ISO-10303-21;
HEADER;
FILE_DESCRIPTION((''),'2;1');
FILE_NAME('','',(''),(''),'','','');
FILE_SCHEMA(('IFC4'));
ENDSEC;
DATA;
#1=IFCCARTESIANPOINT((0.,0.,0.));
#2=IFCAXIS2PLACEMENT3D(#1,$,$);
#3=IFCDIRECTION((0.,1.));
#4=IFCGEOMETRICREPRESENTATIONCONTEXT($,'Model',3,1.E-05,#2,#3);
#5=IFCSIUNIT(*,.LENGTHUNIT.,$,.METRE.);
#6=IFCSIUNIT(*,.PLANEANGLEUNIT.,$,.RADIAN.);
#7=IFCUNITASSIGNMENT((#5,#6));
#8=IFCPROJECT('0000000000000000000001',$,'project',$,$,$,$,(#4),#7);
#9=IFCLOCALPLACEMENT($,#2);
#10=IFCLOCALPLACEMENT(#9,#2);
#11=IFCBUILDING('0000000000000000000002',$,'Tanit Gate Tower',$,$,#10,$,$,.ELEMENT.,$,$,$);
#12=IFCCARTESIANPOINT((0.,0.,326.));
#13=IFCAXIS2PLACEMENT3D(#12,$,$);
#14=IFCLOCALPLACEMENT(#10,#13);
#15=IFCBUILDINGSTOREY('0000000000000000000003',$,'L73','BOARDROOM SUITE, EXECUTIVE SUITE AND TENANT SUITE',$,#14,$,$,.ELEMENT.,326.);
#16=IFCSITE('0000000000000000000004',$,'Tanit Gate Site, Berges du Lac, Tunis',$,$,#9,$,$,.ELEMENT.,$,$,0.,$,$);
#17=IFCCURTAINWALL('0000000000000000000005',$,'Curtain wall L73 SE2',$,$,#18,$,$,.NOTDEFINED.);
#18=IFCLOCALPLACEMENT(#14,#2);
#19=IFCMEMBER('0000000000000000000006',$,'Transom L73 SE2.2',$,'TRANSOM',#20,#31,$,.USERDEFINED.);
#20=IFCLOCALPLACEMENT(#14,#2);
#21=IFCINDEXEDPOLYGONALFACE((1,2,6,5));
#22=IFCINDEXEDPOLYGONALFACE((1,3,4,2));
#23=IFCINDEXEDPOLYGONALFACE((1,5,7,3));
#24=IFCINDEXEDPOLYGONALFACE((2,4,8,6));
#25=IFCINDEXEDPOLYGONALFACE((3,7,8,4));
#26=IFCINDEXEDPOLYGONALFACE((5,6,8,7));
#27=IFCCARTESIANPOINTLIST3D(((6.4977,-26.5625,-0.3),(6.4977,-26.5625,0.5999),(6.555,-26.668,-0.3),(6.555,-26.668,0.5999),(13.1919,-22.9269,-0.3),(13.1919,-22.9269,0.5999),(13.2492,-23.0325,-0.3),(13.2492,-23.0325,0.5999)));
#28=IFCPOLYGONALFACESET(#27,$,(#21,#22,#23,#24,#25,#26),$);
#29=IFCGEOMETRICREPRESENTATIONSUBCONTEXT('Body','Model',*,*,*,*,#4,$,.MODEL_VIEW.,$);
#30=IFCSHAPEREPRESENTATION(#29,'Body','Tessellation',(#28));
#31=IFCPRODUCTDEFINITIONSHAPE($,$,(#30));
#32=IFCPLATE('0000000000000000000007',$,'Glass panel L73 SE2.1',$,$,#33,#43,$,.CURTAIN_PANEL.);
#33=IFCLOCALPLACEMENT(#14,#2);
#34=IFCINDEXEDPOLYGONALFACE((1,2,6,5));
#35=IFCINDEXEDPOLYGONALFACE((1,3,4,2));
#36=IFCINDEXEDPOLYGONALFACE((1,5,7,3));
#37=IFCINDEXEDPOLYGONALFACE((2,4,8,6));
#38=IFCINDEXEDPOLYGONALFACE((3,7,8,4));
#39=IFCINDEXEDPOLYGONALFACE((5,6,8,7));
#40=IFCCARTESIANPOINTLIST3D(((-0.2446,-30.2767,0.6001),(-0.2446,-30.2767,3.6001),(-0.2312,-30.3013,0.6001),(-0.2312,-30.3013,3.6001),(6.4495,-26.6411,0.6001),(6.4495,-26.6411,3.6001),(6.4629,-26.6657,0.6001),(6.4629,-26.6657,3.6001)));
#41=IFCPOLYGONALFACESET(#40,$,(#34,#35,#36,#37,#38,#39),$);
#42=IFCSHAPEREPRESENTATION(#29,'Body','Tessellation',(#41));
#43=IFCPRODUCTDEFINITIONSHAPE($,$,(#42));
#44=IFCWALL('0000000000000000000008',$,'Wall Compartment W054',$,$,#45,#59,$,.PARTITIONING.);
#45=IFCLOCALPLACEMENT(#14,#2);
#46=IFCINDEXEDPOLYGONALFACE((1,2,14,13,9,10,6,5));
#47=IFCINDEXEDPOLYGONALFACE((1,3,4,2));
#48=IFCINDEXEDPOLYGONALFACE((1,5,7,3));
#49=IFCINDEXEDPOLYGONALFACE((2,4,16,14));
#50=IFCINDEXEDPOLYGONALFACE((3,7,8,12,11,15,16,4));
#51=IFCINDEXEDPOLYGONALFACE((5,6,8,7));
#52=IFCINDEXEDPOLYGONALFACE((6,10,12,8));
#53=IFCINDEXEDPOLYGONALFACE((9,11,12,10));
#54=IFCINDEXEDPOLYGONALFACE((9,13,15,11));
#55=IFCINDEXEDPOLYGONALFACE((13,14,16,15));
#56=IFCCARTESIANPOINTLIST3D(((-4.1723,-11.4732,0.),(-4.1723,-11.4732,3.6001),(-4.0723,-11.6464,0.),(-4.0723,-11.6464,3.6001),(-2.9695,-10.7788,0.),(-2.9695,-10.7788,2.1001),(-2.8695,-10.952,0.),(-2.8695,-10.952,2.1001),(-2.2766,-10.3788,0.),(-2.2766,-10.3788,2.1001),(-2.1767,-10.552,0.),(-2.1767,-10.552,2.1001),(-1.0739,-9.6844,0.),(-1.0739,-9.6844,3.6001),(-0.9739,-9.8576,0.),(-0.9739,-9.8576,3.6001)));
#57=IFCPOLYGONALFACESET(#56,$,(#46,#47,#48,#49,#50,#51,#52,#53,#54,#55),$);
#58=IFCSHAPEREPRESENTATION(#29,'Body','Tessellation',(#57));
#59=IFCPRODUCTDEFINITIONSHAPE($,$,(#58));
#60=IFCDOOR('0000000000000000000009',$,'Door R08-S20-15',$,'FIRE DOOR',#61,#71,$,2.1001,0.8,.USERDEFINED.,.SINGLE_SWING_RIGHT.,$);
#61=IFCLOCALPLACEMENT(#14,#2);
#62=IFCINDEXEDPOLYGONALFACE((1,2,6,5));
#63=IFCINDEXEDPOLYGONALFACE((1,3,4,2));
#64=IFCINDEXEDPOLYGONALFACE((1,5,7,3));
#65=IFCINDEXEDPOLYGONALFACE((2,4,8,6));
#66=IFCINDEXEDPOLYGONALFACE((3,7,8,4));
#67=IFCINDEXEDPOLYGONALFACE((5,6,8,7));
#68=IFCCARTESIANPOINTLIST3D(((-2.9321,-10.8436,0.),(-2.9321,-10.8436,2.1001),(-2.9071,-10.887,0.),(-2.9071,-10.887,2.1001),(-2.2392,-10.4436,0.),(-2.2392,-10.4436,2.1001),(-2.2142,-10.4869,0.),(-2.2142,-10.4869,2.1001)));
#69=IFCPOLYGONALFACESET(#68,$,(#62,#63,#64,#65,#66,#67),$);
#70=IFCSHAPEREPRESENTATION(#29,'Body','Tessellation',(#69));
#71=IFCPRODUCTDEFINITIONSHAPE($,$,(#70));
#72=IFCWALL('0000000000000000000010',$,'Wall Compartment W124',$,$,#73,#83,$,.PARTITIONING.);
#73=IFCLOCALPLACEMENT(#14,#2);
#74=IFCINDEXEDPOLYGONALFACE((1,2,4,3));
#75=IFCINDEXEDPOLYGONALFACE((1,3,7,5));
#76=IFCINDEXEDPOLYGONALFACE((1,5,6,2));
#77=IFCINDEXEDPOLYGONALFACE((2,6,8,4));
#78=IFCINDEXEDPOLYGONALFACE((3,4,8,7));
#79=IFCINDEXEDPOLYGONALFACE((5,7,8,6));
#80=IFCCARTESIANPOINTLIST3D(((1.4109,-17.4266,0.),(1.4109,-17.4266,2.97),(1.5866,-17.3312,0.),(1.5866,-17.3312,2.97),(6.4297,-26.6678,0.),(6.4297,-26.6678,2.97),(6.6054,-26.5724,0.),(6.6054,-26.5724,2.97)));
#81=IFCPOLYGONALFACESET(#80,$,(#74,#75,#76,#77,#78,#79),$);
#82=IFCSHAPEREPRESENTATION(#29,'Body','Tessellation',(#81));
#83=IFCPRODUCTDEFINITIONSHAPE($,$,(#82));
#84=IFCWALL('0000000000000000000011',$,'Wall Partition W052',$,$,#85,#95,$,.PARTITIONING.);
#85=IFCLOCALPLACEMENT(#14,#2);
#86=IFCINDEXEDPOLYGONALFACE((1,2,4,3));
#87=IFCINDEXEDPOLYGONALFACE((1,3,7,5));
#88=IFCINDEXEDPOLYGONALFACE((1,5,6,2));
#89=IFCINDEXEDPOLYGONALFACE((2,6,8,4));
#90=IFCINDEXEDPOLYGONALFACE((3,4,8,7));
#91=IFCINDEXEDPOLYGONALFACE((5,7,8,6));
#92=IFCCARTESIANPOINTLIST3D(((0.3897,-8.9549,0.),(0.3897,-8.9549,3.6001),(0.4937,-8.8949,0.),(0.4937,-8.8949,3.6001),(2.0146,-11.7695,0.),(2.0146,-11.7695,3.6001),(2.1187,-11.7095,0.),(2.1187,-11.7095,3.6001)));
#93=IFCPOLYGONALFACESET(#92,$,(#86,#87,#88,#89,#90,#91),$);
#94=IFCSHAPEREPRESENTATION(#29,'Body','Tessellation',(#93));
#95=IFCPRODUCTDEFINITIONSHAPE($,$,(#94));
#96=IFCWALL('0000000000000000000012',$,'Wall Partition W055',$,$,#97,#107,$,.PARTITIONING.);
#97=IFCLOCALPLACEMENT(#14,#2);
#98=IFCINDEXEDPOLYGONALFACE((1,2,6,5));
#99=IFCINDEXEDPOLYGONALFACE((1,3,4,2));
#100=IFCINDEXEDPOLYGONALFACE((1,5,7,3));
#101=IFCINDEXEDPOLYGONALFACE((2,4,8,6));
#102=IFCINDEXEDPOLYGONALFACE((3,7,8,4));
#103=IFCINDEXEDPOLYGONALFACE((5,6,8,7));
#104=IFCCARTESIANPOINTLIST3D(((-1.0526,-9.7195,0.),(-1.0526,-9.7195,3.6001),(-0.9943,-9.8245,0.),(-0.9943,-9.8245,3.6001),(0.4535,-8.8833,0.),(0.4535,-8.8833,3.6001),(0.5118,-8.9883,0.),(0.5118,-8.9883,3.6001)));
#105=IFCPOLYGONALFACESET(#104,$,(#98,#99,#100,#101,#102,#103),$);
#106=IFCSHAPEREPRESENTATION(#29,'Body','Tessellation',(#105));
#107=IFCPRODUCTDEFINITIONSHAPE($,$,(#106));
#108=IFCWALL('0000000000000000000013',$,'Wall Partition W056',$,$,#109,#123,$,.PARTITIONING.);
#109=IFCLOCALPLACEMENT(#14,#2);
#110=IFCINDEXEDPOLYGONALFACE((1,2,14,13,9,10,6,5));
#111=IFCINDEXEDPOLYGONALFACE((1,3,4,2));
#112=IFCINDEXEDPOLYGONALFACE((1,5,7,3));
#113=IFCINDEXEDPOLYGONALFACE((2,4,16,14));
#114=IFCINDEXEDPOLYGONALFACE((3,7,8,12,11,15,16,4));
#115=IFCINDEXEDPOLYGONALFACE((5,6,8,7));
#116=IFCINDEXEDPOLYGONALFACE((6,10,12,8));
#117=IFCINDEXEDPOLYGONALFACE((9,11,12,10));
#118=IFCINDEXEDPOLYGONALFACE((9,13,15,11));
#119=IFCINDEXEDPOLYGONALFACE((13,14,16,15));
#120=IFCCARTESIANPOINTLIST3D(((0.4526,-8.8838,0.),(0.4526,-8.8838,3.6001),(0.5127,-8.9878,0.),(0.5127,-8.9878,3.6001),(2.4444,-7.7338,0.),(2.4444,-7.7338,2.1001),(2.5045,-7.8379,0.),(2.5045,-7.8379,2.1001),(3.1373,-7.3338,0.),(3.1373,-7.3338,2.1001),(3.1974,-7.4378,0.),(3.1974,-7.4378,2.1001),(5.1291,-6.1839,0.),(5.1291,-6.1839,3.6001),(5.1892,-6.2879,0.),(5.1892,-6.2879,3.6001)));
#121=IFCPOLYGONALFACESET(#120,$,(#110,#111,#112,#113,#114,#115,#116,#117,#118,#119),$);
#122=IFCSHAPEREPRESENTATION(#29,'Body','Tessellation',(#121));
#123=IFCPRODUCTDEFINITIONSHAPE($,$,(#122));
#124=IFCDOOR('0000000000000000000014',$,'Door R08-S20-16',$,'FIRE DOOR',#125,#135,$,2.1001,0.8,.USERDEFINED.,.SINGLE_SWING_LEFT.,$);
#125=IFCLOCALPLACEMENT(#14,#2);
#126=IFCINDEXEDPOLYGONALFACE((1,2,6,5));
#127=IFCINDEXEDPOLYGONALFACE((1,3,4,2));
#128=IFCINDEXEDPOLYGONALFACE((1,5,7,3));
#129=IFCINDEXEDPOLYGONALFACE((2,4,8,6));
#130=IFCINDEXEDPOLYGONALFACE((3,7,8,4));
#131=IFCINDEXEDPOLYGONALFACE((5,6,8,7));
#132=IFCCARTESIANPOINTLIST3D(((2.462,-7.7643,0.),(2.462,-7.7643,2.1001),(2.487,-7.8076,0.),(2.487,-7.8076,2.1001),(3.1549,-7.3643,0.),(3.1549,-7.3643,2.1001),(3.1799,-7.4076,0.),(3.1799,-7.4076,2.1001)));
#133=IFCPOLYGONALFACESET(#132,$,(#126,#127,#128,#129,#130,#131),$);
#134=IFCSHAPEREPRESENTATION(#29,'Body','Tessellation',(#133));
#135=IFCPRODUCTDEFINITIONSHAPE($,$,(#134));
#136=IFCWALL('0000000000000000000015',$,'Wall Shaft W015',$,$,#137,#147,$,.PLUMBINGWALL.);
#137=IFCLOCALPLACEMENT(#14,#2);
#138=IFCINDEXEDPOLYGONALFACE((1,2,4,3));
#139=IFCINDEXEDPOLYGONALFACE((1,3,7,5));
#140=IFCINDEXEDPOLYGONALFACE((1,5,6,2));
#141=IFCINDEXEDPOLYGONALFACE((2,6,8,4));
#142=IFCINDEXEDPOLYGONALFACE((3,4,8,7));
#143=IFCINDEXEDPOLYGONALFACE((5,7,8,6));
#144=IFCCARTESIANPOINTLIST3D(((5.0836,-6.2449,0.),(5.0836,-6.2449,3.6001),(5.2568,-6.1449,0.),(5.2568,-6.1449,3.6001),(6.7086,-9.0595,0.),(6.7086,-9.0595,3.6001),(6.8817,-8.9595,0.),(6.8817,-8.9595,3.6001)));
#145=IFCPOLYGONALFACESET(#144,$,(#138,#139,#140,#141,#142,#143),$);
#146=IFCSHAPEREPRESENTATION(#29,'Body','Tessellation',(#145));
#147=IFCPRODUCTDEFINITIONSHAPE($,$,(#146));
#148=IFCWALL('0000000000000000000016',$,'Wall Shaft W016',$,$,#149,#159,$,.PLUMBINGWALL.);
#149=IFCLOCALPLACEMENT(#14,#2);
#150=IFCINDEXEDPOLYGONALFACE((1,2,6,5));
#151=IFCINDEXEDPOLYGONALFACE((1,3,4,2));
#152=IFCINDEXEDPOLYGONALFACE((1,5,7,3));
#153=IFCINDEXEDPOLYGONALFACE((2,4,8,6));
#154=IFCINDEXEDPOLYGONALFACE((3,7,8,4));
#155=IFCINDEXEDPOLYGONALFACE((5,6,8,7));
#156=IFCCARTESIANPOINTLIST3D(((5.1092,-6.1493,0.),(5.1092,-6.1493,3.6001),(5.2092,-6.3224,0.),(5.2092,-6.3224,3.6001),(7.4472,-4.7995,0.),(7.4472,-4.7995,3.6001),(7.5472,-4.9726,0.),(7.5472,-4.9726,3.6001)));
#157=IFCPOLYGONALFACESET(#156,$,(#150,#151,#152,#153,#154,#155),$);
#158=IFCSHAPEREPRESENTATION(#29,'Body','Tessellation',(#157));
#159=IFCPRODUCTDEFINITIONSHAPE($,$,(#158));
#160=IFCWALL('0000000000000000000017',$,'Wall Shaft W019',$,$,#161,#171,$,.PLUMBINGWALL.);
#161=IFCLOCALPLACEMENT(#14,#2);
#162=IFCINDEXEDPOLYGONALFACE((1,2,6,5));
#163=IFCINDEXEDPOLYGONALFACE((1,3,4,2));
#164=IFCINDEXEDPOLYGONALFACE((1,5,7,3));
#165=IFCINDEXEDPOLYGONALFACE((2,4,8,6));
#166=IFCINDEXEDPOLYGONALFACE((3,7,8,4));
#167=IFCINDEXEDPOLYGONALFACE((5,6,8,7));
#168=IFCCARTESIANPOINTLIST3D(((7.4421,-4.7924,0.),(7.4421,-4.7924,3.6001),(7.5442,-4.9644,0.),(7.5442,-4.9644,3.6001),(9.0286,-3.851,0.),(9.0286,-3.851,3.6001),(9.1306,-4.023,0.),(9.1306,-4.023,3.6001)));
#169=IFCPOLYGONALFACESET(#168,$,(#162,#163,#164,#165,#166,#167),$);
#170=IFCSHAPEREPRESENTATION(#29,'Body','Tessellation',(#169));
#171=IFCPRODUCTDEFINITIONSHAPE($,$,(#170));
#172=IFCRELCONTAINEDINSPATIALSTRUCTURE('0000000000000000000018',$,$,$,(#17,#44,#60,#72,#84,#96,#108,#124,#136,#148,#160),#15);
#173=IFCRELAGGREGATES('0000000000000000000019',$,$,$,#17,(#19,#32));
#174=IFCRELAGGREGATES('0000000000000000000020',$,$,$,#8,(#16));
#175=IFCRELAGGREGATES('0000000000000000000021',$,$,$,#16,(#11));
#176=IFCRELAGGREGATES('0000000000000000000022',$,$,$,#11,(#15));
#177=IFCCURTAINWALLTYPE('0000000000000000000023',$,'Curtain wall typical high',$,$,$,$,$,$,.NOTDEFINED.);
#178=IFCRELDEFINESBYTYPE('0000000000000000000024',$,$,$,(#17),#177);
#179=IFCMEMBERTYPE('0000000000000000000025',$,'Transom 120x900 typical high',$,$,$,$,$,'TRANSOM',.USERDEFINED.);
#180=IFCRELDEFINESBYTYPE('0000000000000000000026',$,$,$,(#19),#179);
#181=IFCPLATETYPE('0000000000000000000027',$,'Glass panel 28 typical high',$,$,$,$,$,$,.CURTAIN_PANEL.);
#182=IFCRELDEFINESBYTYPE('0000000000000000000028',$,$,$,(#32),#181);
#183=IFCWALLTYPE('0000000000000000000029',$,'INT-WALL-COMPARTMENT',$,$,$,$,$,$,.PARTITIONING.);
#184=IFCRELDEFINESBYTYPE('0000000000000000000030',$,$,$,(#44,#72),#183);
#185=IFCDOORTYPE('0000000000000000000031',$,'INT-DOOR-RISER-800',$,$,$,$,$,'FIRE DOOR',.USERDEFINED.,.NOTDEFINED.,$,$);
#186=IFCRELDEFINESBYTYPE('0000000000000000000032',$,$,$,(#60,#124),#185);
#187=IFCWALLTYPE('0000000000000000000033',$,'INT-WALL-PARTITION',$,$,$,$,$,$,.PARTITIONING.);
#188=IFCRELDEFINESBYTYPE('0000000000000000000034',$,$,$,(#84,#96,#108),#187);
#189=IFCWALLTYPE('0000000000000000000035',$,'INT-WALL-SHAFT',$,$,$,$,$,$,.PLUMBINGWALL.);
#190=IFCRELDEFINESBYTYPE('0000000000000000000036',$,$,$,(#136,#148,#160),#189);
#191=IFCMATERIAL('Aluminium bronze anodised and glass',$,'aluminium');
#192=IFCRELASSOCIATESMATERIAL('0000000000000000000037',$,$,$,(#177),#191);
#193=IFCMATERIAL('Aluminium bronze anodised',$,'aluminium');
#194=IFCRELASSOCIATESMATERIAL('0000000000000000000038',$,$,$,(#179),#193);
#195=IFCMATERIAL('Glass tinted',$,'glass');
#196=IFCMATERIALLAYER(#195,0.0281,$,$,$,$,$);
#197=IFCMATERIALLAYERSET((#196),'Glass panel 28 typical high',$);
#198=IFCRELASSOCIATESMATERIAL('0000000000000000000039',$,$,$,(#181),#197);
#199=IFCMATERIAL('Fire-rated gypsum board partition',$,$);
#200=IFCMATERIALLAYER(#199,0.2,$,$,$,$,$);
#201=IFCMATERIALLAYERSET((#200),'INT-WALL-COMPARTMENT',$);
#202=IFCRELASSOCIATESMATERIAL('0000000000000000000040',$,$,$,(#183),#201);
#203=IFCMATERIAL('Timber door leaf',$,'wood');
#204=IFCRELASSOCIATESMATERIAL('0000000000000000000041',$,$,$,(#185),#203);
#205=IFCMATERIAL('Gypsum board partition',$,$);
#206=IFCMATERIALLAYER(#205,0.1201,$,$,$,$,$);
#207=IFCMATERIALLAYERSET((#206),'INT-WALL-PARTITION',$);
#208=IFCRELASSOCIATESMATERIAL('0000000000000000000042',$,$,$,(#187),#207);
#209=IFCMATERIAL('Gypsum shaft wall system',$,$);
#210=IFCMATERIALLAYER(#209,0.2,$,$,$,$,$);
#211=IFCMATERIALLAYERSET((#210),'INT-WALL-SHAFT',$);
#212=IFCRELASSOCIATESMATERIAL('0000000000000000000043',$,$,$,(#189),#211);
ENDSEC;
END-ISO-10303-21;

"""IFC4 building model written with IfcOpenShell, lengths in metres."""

from ifc_helpers import new_model, si_unit, direction, frame, frame_2d, origin, origin_2d, place, context, subcontext, project, spatial, rectangle, extrude, material, layer, layer_set, material_profile, profile_set, type_object, element, fill, aggregate, save


model = new_model("IFC4")

# Units and contexts
model_context = context("Model", 3, precision=1e-05, world=origin(), true_north=direction((0.0, 1.0)))
body_context = subcontext(model_context, "Body", "Model", "MODEL_VIEW")
ifc_project = project(units=[si_unit("LENGTHUNIT", "METRE"), si_unit("PLANEANGLEUNIT", "RADIAN")], contexts=[model_context])

# Site, building, storey
site_placement = place(None, origin())
site = spatial("IfcSite", under=ifc_project, at=site_placement, Name="Tanit Gate Site, Berges du Lac, Tunis", CompositionType="ELEMENT", RefElevation=0.0)
building_placement = place(site_placement, origin())
building = spatial("IfcBuilding", under=site, at=building_placement, Name="Tanit Gate Tower", CompositionType="ELEMENT")
storey_placement = place(building_placement, frame((0.0, 0.0, 326.0)))
storey = spatial("IfcBuildingStorey", under=building, at=storey_placement, Name="L73", Description="BOARDROOM SUITE, EXECUTIVE SUITE AND TENANT SUITE", CompositionType="ELEMENT", Elevation=326.0)

# Curtain wall
ifc_material_1 = material(Name="Aluminium bronze anodised and glass", Category="aluminium")
curtain_wall_type = type_object("IfcCurtainWallType", Name="Curtain wall typical high", PredefinedType="NOTDEFINED", material=ifc_material_1)
curtain_wall_1_placement = place(storey_placement, origin())
curtain_wall_1 = element("IfcCurtainWall", 1, at=curtain_wall_1_placement, inside=storey, type_object=curtain_wall_type, Name="Curtain wall L73 SE2", PredefinedType="NOTDEFINED")

# Member
ifc_material_2 = material(Name="Aluminium bronze anodised", Category="aluminium")
ifc_material_profile_1 = material_profile(ifc_material_2, rectangle(XDim=0.1201, YDim=0.8999, at=origin_2d()), Name="120x900 bronze transom")
ifc_profile_set_1 = profile_set([ifc_material_profile_1], Name="Aluminium bronze anodised")
member_type_1 = type_object("IfcMemberType", Name="Transom 120x900 typical high", ElementType="TRANSOM", PredefinedType="USERDEFINED", material=ifc_profile_set_1)
member_1_placement = place(storey_placement, frame((6.5264, -26.6152, 0.1499), z_axis=(0.878767, 0.47725, 0.0), x_axis=(-0.47725, 0.878767, 0.0)))
member_1 = element("IfcMember", 2, at=member_1_placement, type_object=member_type_1, Name="Transom L73 SE2.2", ObjectType="TRANSOM", PredefinedType="USERDEFINED", context=body_context, shape_type="SweptSolid", body=[
    extrude(rectangle(XDim=0.1201, YDim=0.8999, at=origin_2d()), origin(), (0.0, 0.0, 1.0), 7.6177),
])

# Plate
ifc_material_3 = material(Name="Glass tinted", Category="glass")
ifc_layer_1 = layer(ifc_material_3, 0.0281)
ifc_layer_set_1 = layer_set([ifc_layer_1], Name="Glass panel 28 typical high")
plate_type = type_object("IfcPlateType", Name="Glass panel 28 typical high", PredefinedType="CURTAIN_PANEL", material=ifc_layer_set_1)
plate_placement = place(storey_placement, frame((3.1091, -28.4712, 0.6001), z_axis=(0.0, 0.0, 1.0), x_axis=(0.878762, 0.477259, 0.0)))
plate = element("IfcPlate", 3, at=plate_placement, type_object=plate_type, Name="Glass panel L73 SE2.1", PredefinedType="CURTAIN_PANEL", context=body_context, shape_type="SweptSolid", body=[
    extrude(rectangle(XDim=7.6177, YDim=0.0281, at=origin_2d()), origin(), (0.0, 0.0, 1.0), 3.0),
])
aggregate(curtain_wall_1, [member_1, plate])

# Wall, opening, door
ifc_material_4 = material(Name="Fire-rated gypsum board partition")
ifc_layer_2 = layer(ifc_material_4, 0.2)
ifc_layer_set_2 = layer_set([ifc_layer_2], Name="INT-WALL-COMPARTMENT")
wall_type_1 = type_object("IfcWallType", Name="INT-WALL-COMPARTMENT", PredefinedType="PARTITIONING", material=ifc_layer_set_2)
wall_1_placement = place(storey_placement, frame((-1.0239, -9.771, 0.0), z_axis=(0.0, 0.0, 1.0), x_axis=(-0.86603, -0.499992, 0.0)))
wall_1 = element("IfcWall", 4, at=wall_1_placement, inside=storey, type_object=wall_type_1, Name="Wall Compartment W054", PredefinedType="PARTITIONING", context=body_context, shape_type="SweptSolid", body=[
    extrude(rectangle(XDim=3.5776, YDim=0.2, at=frame_2d((1.7888, 0.0))), origin(), (0.0, 0.0, 1.0), 3.6001),
])
opening_1_placement = place(wall_1_placement, frame((1.3889, 0.0, 0.0)))
opening_1 = element("IfcOpeningElement", 5, at=opening_1_placement, cuts=wall_1, PredefinedType="OPENING", context=body_context, shape_type="SweptSolid", body=[
    extrude(rectangle(XDim=0.8, YDim=2.1001, at=frame_2d((0.3999, 1.05))), frame((0.0, 0.1099, 0.0), z_axis=(0.0, -1.0, 0.0), x_axis=(1.0, 0.0, 0.0)), (0.0, 0.0, 1.0), 0.22),
])
ifc_material_5 = material(Name="Timber door leaf", Category="wood")
door_type = type_object("IfcDoorType", Name="INT-DOOR-RISER-800", ElementType="FIRE DOOR", OperationType="NOTDEFINED", PredefinedType="USERDEFINED", material=ifc_material_5)
door_1_placement = place(opening_1_placement, origin())
door_1 = element("IfcDoor", 6, at=door_1_placement, inside=storey, type_object=door_type, Name="Door R08-S20-15", ObjectType="FIRE DOOR", OperationType="SINGLE_SWING_RIGHT", OverallHeight=2.1001, OverallWidth=0.8, PredefinedType="USERDEFINED", context=body_context, shape_type="SweptSolid", body=[
    extrude(rectangle(XDim=0.8, YDim=2.1001, at=frame_2d((0.3999, 1.05))), frame((0.0, 0.0249, 0.0), z_axis=(0.0, -1.0, 0.0), x_axis=(1.0, 0.0, 0.0)), (0.0, 0.0, 1.0), 0.05),
])
fill(opening_1, door_1)

# Walls
wall_2_placement = place(storey_placement, frame((1.4988, -17.3789, 0.0), z_axis=(0.0, 0.0, 1.0), x_axis=(0.477249, -0.878768, 0.0)))
element("IfcWall", 7, at=wall_2_placement, inside=storey, type_object=wall_type_1, Name="Wall Compartment W124", PredefinedType="PARTITIONING", context=body_context, shape_type="SweptSolid", body=[
    extrude(rectangle(XDim=10.5161, YDim=0.2, at=frame_2d((5.2581, 0.0))), origin(), (0.0, 0.0, 1.0), 2.97),
])
ifc_material_6 = material(Name="Gypsum board partition")
ifc_layer_3 = layer(ifc_material_6, 0.1201)
ifc_layer_set_3 = layer_set([ifc_layer_3], Name="INT-WALL-PARTITION")
wall_type_2 = type_object("IfcWallType", Name="INT-WALL-PARTITION", PredefinedType="PARTITIONING", material=ifc_layer_set_3)
wall_3_placement = place(storey_placement, frame((2.0667, -11.7395, 0.0), z_axis=(0.0, 0.0, 1.0), x_axis=(-0.499985, 0.866034, 0.0)))
element("IfcWall", 8, at=wall_3_placement, inside=storey, type_object=wall_type_2, Name="Wall Partition W052", PredefinedType="PARTITIONING", context=body_context, shape_type="SweptSolid", body=[
    extrude(rectangle(XDim=3.25, YDim=0.1201, at=frame_2d((1.625, 0.0))), origin(), (0.0, 0.0, 1.0), 3.6001),
])
wall_4_placement = place(storey_placement, frame((-1.0234, -9.772, 0.0), z_axis=(0.0, 0.0, 1.0), x_axis=(0.874291, 0.485402, 0.0)))
element("IfcWall", 9, at=wall_4_placement, inside=storey, type_object=wall_type_2, Name="Wall Partition W055", PredefinedType="PARTITIONING", context=body_context, shape_type="SweptSolid", body=[
    extrude(rectangle(XDim=1.7227, YDim=0.1201, at=frame_2d((0.8613, 0.0))), origin(), (0.0, 0.0, 1.0), 3.6001),
])

# Wall, opening, door
wall_5_placement = place(storey_placement, frame((0.4827, -8.9358, 0.0), z_axis=(0.0, 0.0, 1.0), x_axis=(0.866028, 0.499995, 0.0)))
wall_5 = element("IfcWall", 10, at=wall_5_placement, inside=storey, type_object=wall_type_2, Name="Wall Partition W056", PredefinedType="PARTITIONING", context=body_context, shape_type="SweptSolid", body=[
    extrude(rectangle(XDim=5.3999, YDim=0.1201, at=frame_2d((2.7, 0.0))), origin(), (0.0, 0.0, 1.0), 3.6001),
])
opening_2_placement = place(wall_5_placement, frame((2.3, 0.0, 0.0)))
opening_2 = element("IfcOpeningElement", 11, at=opening_2_placement, cuts=wall_5, PredefinedType="OPENING", context=body_context, shape_type="SweptSolid", body=[
    extrude(rectangle(XDim=0.8, YDim=2.1001, at=frame_2d((0.3999, 1.05))), frame((0.0, 0.0701, 0.0), z_axis=(0.0, -1.0, 0.0), x_axis=(1.0, 0.0, 0.0)), (0.0, 0.0, 1.0), 0.1401),
])
door_2_placement = place(opening_2_placement, origin())
door_2 = element("IfcDoor", 12, at=door_2_placement, inside=storey, type_object=door_type, Name="Door R08-S20-16", ObjectType="FIRE DOOR", OperationType="SINGLE_SWING_LEFT", OverallHeight=2.1001, OverallWidth=0.8, PredefinedType="USERDEFINED", context=body_context, shape_type="SweptSolid", body=[
    extrude(rectangle(XDim=0.8, YDim=2.1001, at=frame_2d((0.3999, 1.05))), frame((0.0, 0.0249, 0.0), z_axis=(0.0, -1.0, 0.0), x_axis=(1.0, 0.0, 0.0)), (0.0, 0.0, 1.0), 0.05),
])
fill(opening_2, door_2)

# Walls
ifc_material_7 = material(Name="Gypsum shaft wall system")
ifc_layer_4 = layer(ifc_material_7, 0.2)
ifc_layer_set_4 = layer_set([ifc_layer_4], Name="INT-WALL-SHAFT")
wall_type_3 = type_object("IfcWallType", Name="INT-WALL-SHAFT", PredefinedType="PLUMBINGWALL", material=ifc_layer_set_4)
wall_6_placement = place(storey_placement, frame((6.7952, -9.0095, 0.0), z_axis=(0.0, 0.0, 1.0), x_axis=(-0.499985, 0.866034, 0.0)))
element("IfcWall", 13, at=wall_6_placement, inside=storey, type_object=wall_type_3, Name="Wall Shaft W015", PredefinedType="PLUMBINGWALL", context=body_context, shape_type="SweptSolid", body=[
    extrude(rectangle(XDim=3.25, YDim=0.2, at=frame_2d((1.625, 0.0))), origin(), (0.0, 0.0, 1.0), 3.6001),
])
wall_7_placement = place(storey_placement, frame((5.1592, -6.2358, 0.0), z_axis=(0.0, 0.0, 1.0), x_axis=(0.866037, 0.499981, 0.0)))
element("IfcWall", 14, at=wall_7_placement, inside=storey, type_object=wall_type_3, Name="Wall Shaft W016", PredefinedType="PLUMBINGWALL", context=body_context, shape_type="SweptSolid", body=[
    extrude(rectangle(XDim=2.6997, YDim=0.2, at=frame_2d((1.3499, 0.0))), origin(), (0.0, 0.0, 1.0), 3.6001),
])
wall_8_placement = place(storey_placement, frame((7.4932, -4.8784, 0.0), z_axis=(0.0, 0.0, 1.0), x_axis=(0.859982, 0.510325, 0.0)))
element("IfcWall", 15, at=wall_8_placement, inside=storey, type_object=wall_type_3, Name="Wall Shaft W019", PredefinedType="PLUMBINGWALL", context=body_context, shape_type="SweptSolid", body=[
    extrude(rectangle(XDim=1.8447, YDim=0.2, at=frame_2d((0.9224, 0.0))), origin(), (0.0, 0.0, 1.0), 3.6001),
])

save(model, "model.ifc")
